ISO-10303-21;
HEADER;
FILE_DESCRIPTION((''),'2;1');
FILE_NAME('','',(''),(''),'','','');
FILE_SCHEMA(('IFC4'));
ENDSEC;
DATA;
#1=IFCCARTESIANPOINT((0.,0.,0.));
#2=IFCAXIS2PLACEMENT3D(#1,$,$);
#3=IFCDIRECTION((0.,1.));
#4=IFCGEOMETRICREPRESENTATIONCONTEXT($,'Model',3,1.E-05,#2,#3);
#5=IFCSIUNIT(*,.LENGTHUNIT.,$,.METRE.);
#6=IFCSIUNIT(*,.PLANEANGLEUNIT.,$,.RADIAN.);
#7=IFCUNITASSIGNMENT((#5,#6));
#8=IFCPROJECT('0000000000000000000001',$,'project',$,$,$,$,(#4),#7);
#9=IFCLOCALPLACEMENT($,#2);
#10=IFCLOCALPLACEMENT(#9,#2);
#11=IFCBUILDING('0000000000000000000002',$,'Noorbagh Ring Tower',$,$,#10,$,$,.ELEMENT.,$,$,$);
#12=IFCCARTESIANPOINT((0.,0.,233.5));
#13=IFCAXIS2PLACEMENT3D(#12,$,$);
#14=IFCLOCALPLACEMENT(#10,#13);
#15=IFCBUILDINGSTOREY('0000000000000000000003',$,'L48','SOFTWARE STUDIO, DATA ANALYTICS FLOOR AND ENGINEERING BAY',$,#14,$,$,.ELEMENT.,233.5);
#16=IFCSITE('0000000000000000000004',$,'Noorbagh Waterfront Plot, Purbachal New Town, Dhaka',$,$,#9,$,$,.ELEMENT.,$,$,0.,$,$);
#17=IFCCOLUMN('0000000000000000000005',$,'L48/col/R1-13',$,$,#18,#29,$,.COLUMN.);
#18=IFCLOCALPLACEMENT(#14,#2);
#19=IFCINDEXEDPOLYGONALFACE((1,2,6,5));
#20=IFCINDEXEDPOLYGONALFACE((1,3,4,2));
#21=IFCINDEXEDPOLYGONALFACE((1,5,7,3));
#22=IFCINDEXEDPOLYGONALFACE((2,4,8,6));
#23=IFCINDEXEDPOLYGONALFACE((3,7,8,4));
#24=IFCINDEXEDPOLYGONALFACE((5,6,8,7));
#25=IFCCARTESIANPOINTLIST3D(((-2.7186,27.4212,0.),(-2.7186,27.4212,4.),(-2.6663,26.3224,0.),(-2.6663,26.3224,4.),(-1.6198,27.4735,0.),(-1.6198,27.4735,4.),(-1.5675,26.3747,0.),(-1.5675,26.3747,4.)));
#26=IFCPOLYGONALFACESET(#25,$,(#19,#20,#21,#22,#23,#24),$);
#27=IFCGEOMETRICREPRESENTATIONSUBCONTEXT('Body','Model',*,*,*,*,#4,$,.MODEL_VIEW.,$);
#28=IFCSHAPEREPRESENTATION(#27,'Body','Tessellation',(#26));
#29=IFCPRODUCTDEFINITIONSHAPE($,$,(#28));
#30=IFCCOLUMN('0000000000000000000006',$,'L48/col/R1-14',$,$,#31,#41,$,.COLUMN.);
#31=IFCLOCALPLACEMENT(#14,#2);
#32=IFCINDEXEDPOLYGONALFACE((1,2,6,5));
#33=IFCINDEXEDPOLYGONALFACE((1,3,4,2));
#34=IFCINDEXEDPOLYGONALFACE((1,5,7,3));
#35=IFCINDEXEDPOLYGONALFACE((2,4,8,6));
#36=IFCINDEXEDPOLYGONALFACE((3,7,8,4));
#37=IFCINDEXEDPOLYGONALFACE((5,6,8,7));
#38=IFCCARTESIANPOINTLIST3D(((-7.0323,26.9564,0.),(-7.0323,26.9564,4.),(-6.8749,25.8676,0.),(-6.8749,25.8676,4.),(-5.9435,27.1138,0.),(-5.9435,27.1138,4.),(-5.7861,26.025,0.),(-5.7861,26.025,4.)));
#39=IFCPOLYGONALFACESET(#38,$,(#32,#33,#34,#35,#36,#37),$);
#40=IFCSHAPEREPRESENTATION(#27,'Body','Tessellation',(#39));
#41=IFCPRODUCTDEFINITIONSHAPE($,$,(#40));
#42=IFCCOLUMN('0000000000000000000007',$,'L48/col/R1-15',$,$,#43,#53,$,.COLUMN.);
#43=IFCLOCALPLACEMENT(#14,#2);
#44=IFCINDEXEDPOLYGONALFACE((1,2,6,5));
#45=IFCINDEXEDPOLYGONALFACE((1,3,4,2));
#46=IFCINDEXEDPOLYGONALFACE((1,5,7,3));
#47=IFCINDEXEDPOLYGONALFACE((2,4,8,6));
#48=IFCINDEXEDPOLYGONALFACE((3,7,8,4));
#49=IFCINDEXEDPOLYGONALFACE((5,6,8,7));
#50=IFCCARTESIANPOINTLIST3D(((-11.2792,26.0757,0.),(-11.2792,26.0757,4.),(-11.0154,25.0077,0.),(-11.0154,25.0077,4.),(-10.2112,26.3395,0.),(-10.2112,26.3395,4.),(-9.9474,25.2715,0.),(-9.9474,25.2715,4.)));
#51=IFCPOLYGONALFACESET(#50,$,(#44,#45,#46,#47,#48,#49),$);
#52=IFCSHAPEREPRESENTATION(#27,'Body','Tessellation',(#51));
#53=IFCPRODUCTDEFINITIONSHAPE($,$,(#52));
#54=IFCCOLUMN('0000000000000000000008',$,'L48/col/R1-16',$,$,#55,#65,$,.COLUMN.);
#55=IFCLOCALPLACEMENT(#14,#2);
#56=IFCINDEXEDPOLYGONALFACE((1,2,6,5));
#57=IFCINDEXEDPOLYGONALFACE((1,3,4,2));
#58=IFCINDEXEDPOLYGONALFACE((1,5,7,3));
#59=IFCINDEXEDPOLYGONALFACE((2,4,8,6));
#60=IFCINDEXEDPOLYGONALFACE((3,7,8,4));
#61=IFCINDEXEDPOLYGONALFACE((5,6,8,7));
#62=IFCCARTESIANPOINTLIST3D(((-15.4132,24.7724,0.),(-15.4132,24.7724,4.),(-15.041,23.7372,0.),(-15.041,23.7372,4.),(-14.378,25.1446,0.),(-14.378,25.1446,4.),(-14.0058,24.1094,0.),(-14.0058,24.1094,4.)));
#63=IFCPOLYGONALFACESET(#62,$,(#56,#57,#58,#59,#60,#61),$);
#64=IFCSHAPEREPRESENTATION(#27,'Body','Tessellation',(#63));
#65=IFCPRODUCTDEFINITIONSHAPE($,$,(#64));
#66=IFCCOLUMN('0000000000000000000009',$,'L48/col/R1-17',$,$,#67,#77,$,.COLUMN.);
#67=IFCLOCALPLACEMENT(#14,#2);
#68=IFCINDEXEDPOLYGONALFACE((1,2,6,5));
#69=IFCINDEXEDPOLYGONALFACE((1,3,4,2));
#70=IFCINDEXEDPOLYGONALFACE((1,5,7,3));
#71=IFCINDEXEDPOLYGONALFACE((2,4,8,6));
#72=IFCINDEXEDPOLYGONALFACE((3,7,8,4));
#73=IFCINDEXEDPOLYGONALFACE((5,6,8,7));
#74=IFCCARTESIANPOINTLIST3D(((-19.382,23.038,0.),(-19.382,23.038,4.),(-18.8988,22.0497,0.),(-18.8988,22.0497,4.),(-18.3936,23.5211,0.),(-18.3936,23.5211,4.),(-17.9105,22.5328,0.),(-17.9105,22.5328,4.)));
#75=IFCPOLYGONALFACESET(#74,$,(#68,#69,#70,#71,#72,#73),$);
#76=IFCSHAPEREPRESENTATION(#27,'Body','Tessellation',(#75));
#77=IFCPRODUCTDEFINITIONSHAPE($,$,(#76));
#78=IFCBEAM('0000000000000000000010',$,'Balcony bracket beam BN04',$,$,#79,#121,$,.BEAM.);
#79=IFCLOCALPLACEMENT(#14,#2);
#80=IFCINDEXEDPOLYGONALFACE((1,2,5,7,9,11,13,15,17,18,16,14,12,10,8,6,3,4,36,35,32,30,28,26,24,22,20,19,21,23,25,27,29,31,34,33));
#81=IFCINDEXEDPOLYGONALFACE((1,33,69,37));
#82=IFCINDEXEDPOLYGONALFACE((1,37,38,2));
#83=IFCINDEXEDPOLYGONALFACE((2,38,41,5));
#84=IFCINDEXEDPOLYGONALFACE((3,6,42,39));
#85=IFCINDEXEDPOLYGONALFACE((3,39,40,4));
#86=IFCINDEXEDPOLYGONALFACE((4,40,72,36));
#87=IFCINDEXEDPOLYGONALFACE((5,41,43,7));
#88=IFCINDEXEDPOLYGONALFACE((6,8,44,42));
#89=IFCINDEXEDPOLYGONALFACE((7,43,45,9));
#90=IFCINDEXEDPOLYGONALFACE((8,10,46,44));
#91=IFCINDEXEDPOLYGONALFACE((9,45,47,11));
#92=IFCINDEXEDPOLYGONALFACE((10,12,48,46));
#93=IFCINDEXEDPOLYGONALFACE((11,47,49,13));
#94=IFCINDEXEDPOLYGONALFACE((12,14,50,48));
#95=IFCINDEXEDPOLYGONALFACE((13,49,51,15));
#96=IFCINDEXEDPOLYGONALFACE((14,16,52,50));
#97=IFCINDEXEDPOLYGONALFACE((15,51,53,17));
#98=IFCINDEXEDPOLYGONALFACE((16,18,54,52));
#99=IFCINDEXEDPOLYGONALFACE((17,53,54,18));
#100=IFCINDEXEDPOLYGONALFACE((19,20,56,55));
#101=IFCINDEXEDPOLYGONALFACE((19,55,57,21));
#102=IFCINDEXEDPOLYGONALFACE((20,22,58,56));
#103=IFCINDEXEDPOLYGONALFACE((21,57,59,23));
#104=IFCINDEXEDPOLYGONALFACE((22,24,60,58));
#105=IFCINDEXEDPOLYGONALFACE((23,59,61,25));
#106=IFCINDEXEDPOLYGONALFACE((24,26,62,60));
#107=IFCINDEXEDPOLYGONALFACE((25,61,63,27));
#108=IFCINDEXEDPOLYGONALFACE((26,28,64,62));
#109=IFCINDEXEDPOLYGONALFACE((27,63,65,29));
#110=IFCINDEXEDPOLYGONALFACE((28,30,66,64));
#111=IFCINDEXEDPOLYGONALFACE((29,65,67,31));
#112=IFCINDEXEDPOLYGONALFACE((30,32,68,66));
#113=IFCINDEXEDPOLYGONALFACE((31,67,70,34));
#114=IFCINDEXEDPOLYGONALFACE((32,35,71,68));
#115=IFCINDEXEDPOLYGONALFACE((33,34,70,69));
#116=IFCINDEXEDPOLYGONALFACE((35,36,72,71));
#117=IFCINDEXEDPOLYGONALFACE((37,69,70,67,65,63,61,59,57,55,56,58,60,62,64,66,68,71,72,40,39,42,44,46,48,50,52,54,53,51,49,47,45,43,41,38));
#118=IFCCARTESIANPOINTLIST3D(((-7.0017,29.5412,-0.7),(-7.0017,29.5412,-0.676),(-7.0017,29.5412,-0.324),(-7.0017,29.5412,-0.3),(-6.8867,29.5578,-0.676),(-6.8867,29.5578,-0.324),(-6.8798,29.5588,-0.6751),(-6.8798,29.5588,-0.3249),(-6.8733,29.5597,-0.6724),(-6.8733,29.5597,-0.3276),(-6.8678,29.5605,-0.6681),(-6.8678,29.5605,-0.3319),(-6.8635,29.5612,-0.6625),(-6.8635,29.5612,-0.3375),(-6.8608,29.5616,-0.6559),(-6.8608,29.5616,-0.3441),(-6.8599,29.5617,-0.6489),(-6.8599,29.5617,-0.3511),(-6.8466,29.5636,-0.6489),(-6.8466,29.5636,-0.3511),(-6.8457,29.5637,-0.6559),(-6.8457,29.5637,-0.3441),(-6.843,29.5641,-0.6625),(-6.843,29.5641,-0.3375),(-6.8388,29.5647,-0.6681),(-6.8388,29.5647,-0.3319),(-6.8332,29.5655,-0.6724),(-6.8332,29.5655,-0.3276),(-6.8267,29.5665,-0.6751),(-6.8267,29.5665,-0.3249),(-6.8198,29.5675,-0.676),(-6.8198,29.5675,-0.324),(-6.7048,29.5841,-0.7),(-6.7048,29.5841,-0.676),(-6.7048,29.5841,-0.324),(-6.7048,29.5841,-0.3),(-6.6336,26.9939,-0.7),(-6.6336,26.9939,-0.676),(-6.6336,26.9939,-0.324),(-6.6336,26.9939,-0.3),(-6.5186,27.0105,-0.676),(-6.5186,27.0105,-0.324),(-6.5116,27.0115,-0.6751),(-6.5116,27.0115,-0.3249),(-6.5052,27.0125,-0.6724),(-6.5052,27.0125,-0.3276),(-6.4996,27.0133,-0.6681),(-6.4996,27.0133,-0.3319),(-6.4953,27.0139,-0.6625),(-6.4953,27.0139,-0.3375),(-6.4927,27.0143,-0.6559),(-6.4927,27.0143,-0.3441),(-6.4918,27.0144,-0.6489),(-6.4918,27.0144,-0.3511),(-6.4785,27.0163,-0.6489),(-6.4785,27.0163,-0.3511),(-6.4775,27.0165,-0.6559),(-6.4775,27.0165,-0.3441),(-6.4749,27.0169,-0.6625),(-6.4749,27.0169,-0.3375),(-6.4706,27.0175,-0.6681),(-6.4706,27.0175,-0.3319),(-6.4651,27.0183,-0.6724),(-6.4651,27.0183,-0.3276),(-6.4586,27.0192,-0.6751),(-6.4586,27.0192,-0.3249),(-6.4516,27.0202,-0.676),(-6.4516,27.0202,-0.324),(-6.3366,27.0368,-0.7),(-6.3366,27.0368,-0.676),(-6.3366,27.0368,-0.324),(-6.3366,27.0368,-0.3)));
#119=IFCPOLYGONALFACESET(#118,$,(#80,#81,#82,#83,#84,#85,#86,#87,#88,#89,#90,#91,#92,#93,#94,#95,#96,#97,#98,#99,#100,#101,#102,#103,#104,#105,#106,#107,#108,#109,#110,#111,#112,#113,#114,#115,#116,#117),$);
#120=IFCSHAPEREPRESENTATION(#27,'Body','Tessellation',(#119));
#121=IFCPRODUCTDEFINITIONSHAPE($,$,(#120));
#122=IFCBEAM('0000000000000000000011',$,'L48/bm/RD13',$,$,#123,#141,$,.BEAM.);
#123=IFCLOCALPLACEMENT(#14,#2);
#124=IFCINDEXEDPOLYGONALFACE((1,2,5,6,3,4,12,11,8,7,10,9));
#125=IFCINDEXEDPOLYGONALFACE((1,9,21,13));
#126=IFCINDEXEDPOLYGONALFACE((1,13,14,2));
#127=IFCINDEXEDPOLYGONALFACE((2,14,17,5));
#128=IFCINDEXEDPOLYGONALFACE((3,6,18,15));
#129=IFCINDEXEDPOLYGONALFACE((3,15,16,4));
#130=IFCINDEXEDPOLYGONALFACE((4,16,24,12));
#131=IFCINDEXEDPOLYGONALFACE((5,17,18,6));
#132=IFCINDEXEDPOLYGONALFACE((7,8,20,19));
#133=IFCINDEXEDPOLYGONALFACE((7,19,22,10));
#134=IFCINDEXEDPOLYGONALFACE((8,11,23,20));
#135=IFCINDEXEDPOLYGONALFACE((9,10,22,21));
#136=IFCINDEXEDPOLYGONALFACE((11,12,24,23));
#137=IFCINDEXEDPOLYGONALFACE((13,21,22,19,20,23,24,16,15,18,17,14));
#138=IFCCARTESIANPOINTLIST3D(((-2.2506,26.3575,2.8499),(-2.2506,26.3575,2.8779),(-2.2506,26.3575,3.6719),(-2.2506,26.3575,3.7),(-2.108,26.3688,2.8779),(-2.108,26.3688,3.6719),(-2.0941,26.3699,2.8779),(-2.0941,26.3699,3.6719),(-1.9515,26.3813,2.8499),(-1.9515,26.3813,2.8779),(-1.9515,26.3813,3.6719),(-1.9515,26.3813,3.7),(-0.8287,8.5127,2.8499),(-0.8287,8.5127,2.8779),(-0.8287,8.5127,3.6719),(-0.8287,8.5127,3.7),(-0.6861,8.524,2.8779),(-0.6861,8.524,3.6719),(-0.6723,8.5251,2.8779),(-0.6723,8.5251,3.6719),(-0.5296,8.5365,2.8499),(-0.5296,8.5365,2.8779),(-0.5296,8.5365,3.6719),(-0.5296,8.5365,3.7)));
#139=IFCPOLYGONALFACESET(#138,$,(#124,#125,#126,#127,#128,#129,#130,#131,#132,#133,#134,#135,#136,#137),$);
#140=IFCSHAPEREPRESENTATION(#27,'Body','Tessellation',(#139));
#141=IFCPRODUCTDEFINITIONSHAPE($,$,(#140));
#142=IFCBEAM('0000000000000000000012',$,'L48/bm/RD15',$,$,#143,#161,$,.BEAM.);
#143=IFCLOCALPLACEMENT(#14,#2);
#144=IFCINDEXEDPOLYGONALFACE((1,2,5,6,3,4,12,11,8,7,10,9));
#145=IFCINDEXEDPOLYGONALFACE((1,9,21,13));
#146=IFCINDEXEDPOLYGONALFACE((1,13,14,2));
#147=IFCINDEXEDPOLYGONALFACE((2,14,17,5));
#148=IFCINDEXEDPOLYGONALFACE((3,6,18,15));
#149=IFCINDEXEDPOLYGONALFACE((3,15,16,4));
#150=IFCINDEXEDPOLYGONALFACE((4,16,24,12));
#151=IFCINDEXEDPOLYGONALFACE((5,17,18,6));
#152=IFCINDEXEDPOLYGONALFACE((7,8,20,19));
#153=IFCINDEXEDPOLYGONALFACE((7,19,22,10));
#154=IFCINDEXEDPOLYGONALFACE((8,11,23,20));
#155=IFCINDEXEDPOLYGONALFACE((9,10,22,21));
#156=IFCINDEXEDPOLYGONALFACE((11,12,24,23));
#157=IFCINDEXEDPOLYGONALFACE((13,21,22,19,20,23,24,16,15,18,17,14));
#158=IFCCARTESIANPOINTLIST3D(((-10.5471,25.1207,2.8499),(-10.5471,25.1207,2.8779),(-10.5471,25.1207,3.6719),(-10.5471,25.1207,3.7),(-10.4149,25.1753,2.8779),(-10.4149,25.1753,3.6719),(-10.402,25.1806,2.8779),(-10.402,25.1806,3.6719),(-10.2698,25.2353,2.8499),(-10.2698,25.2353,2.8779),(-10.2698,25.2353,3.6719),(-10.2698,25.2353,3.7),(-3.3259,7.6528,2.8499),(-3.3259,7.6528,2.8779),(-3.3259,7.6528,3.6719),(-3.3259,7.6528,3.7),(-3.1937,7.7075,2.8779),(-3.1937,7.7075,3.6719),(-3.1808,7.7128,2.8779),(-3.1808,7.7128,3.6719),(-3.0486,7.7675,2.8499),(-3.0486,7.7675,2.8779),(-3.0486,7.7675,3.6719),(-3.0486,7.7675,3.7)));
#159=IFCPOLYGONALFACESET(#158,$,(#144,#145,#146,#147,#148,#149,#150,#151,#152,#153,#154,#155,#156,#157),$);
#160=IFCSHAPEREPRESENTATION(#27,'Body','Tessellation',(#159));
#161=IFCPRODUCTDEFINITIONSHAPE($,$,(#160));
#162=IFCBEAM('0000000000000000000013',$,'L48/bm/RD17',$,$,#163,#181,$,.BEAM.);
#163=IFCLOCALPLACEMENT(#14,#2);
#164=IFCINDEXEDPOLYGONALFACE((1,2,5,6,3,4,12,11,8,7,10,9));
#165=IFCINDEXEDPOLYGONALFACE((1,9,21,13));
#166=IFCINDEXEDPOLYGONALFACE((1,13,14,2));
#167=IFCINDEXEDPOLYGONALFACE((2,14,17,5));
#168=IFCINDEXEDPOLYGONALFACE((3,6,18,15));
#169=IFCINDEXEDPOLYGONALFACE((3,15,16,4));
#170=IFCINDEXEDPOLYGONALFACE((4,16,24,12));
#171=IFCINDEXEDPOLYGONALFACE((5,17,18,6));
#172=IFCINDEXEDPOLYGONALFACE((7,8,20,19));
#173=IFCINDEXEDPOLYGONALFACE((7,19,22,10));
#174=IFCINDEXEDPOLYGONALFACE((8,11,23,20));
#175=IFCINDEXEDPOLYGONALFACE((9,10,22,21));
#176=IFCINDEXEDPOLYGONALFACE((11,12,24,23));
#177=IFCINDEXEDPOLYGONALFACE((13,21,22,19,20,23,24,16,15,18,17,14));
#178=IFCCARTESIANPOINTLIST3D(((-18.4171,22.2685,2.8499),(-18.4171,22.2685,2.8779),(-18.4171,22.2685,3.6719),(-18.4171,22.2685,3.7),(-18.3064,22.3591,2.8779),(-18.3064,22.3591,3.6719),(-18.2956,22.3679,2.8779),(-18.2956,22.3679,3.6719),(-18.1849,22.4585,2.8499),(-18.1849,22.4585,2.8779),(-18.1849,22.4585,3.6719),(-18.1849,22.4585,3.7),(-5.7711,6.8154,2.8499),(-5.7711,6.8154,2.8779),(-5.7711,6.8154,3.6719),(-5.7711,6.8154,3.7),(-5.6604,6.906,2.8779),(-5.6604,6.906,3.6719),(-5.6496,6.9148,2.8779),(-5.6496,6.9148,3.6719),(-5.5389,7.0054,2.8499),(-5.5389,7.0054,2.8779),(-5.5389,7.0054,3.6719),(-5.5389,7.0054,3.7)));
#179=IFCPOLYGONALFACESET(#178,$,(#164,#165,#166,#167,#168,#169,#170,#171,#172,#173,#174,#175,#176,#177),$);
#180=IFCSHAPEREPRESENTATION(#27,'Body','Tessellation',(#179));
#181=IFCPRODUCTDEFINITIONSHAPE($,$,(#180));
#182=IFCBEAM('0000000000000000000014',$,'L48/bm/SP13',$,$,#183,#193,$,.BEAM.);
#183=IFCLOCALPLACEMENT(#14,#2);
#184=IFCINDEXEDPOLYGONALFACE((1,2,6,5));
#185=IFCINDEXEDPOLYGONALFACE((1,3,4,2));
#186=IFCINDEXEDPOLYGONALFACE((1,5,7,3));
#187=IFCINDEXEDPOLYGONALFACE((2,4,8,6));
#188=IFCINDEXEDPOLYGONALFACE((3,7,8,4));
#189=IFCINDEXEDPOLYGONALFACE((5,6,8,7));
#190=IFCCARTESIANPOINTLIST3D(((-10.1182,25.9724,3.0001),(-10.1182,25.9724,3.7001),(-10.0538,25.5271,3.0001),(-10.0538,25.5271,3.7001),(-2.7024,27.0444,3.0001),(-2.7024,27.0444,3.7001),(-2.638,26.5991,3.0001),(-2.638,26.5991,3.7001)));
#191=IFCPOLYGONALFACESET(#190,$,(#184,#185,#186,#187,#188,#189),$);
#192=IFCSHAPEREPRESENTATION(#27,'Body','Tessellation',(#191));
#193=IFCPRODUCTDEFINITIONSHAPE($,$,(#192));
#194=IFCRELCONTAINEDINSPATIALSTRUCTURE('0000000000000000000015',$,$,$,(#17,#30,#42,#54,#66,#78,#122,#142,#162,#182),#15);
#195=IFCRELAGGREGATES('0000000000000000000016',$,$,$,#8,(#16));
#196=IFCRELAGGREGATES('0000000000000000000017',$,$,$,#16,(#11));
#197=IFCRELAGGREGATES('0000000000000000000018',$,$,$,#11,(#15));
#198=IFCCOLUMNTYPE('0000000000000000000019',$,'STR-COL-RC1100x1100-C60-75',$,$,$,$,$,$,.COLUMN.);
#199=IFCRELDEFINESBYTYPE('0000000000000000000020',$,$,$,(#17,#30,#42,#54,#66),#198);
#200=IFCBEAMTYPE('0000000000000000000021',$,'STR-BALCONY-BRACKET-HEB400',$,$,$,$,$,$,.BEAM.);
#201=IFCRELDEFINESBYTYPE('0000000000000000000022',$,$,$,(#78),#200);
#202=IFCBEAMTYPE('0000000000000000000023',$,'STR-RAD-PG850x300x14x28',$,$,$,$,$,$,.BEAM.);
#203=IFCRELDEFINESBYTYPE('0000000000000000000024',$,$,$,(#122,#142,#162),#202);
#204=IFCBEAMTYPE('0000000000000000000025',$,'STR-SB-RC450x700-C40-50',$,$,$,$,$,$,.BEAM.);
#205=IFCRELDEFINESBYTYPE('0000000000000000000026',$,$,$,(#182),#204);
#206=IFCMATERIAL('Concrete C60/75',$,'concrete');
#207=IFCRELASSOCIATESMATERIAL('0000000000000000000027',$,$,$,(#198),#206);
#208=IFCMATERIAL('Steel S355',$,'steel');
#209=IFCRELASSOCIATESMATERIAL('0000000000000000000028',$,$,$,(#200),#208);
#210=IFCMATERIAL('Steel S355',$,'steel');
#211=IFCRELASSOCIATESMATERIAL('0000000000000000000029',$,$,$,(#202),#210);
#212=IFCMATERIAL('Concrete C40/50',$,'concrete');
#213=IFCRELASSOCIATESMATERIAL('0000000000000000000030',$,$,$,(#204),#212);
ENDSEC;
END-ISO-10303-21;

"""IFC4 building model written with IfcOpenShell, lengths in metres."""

from ifc_helpers import new_model, si_unit, direction, frame, origin, origin_2d, place, context, subcontext, project, spatial, rectangle, i_section, extrude, material, material_profile, profile_set, type_object, element, save


model = new_model("IFC4")

# Units and contexts
model_context = context("Model", 3, precision=1e-05, world=origin(), true_north=direction((0.0, 1.0)))
body_context = subcontext(model_context, "Body", "Model", "MODEL_VIEW")
ifc_project = project(units=[si_unit("LENGTHUNIT", "METRE"), si_unit("PLANEANGLEUNIT", "RADIAN")], contexts=[model_context])

# Site, building, storey
site_placement = place(None, origin())
site = spatial("IfcSite", under=ifc_project, at=site_placement, Name="Noorbagh Waterfront Plot, Purbachal New Town, Dhaka", CompositionType="ELEMENT", RefElevation=0.0)
building_placement = place(site_placement, origin())
building = spatial("IfcBuilding", under=site, at=building_placement, Name="Noorbagh Ring Tower", CompositionType="ELEMENT")
storey_placement = place(building_placement, frame((0.0, 0.0, 233.5)))
storey = spatial("IfcBuildingStorey", under=building, at=storey_placement, Name="L48", Description="SOFTWARE STUDIO, DATA ANALYTICS FLOOR AND ENGINEERING BAY", CompositionType="ELEMENT", Elevation=233.5)

# Columns
ifc_material_1 = material(Name="Concrete C60/75", Category="concrete")
ifc_material_profile_1 = material_profile(ifc_material_1, rectangle(XDim=1.1001, YDim=1.1001, at=origin_2d()), Name="RC1100x1100")
ifc_profile_set_1 = profile_set([ifc_material_profile_1], Name="Concrete C60/75")
column_type = type_object("IfcColumnType", Name="STR-COL-RC1100x1100-C60-75", PredefinedType="COLUMN", material=ifc_profile_set_1)
for number, where, z_axis, x_axis, name in (
    (1, (-2.1431, 26.8979, 0.0), (0.0, 0.0, 1.0), (-0.998869, -0.047553, 0.0), "L48/col/R1-13"),
    (2, (-6.4092, 26.4907, 0.0), (0.0, 0.0, 1.0), (-0.989713, -0.143066, 0.0), "L48/col/R1-14"),
    (3, (-10.6133, 25.6736, 0.0), (0.0, 0.0, 1.0), (-0.970829, -0.239771, 0.0), "L48/col/R1-15"),
    (4, (-14.7095, 24.4409, 0.0), (0.0, 0.0, 1.0), (-0.941025, -0.338338, 0.0), "L48/col/R1-16"),
    (5, (-18.6462, 22.7854, 0.0), (0.0, 0.0, 1.0), (-0.898399, -0.43918, 0.0), "L48/col/R1-17"),
):
    element("IfcColumn", number, at=place(storey_placement, frame(where, z_axis=z_axis, x_axis=x_axis)), inside=storey, type_object=column_type, Name=name, PredefinedType="COLUMN", context=body_context, shape_type="SweptSolid", body=[
        extrude(rectangle(XDim=1.1001, YDim=1.1001, at=origin_2d()), origin(), (0.0, 0.0, 1.0), 4.0),
    ])

# Beams
ifc_material_2 = material(Name="Steel S355", Category="steel")
ifc_material_profile_2 = material_profile(ifc_material_2, i_section(OverallWidth=0.3, OverallDepth=0.3999, WebThickness=0.0134, FlangeThickness=0.0239, FilletRadius=0.0271, at=origin_2d()), Name="HEB400")
ifc_profile_set_2 = profile_set([ifc_material_profile_2], Name="Steel S355")
beam_type_1 = type_object("IfcBeamType", Name="STR-BALCONY-BRACKET-HEB400", PredefinedType="BEAM", material=ifc_profile_set_2)
beam_1_placement = place(storey_placement, frame((-6.4851, 27.0154, -0.5), z_axis=(-0.143041, 0.989717, 0.0), x_axis=(-0.989717, -0.143041, 0.0)))
element("IfcBeam", 6, at=beam_1_placement, inside=storey, type_object=beam_type_1, Name="Balcony bracket beam BN04", PredefinedType="BEAM", context=body_context, shape_type="SweptSolid", body=[
    extrude(i_section(OverallWidth=0.3, OverallDepth=0.3999, WebThickness=0.0134, FlangeThickness=0.0239, FilletRadius=0.0271, at=origin_2d()), origin(), (0.0, 0.0, 1.0), 2.5737),
])
ifc_material_3 = material(Name="Steel S355", Category="steel")
ifc_material_profile_3 = material_profile(ifc_material_3, i_section(OverallWidth=0.3, OverallDepth=0.8501, WebThickness=0.0139, FlangeThickness=0.0281, at=origin_2d()), Name="PG850x300x14x28")
ifc_profile_set_3 = profile_set([ifc_material_profile_3], Name="Steel S355")
beam_type_2 = type_object("IfcBeamType", Name="STR-RAD-PG850x300x14x28", PredefinedType="BEAM", material=ifc_profile_set_3)
beam_2_placement = place(storey_placement, frame((-2.1011, 26.3694, 3.2749), z_axis=(0.079429, -0.996841, 0.0), x_axis=(0.996841, 0.079429, 0.0)))
element("IfcBeam", 7, at=beam_2_placement, inside=storey, type_object=beam_type_2, Name="L48/bm/RD13", PredefinedType="BEAM", context=body_context, shape_type="SweptSolid", body=[
    extrude(i_section(OverallWidth=0.3, OverallDepth=0.8501, WebThickness=0.0139, FlangeThickness=0.0281, at=origin_2d()), origin(), (0.0, 0.0, 1.0), 17.9014),
])
beam_3_placement = place(storey_placement, frame((-10.4084, 25.178, 3.2749), z_axis=(0.382042, -0.924145, 0.0), x_axis=(0.924145, 0.382042, 0.0)))
element("IfcBeam", 8, at=beam_3_placement, inside=storey, type_object=beam_type_2, Name="L48/bm/RD15", PredefinedType="BEAM", context=body_context, shape_type="SweptSolid", body=[
    extrude(i_section(OverallWidth=0.3, OverallDepth=0.8501, WebThickness=0.0139, FlangeThickness=0.0281, at=origin_2d()), origin(), (0.0, 0.0, 1.0), 18.9016),
])
beam_4_placement = place(storey_placement, frame((-18.301, 22.3635, 3.2749), z_axis=(0.633314, -0.773895, 0.0), x_axis=(0.773895, 0.633314, 0.0)))
element("IfcBeam", 9, at=beam_4_placement, inside=storey, type_object=beam_type_2, Name="L48/bm/RD17", PredefinedType="BEAM", context=body_context, shape_type="SweptSolid", body=[
    extrude(i_section(OverallWidth=0.3, OverallDepth=0.8501, WebThickness=0.0139, FlangeThickness=0.0281, at=origin_2d()), origin(), (0.0, 0.0, 1.0), 19.968),
])
ifc_material_4 = material(Name="Concrete C40/50", Category="concrete")
ifc_material_profile_4 = material_profile(ifc_material_4, rectangle(XDim=0.45, YDim=0.7, at=origin_2d()), Name="RC450x700")
ifc_profile_set_4 = profile_set([ifc_material_profile_4], Name="Concrete C40/50")
beam_type_3 = type_object("IfcBeamType", Name="STR-SB-RC450x700-C40-50", PredefinedType="BEAM", material=ifc_profile_set_4)
beam_5_placement = place(storey_placement, frame((-2.6702, 26.8218, 3.3501), z_axis=(-0.989712, -0.143072, 0.0), x_axis=(0.143072, -0.989712, 0.0)))
element("IfcBeam", 10, at=beam_5_placement, inside=storey, type_object=beam_type_3, Name="L48/bm/SP13", PredefinedType="BEAM", context=body_context, shape_type="SweptSolid", body=[
    extrude(rectangle(XDim=0.45, YDim=0.7, at=origin_2d()), origin(), (0.0, 0.0, 1.0), 7.4929),
])

save(model, "model.ifc")
